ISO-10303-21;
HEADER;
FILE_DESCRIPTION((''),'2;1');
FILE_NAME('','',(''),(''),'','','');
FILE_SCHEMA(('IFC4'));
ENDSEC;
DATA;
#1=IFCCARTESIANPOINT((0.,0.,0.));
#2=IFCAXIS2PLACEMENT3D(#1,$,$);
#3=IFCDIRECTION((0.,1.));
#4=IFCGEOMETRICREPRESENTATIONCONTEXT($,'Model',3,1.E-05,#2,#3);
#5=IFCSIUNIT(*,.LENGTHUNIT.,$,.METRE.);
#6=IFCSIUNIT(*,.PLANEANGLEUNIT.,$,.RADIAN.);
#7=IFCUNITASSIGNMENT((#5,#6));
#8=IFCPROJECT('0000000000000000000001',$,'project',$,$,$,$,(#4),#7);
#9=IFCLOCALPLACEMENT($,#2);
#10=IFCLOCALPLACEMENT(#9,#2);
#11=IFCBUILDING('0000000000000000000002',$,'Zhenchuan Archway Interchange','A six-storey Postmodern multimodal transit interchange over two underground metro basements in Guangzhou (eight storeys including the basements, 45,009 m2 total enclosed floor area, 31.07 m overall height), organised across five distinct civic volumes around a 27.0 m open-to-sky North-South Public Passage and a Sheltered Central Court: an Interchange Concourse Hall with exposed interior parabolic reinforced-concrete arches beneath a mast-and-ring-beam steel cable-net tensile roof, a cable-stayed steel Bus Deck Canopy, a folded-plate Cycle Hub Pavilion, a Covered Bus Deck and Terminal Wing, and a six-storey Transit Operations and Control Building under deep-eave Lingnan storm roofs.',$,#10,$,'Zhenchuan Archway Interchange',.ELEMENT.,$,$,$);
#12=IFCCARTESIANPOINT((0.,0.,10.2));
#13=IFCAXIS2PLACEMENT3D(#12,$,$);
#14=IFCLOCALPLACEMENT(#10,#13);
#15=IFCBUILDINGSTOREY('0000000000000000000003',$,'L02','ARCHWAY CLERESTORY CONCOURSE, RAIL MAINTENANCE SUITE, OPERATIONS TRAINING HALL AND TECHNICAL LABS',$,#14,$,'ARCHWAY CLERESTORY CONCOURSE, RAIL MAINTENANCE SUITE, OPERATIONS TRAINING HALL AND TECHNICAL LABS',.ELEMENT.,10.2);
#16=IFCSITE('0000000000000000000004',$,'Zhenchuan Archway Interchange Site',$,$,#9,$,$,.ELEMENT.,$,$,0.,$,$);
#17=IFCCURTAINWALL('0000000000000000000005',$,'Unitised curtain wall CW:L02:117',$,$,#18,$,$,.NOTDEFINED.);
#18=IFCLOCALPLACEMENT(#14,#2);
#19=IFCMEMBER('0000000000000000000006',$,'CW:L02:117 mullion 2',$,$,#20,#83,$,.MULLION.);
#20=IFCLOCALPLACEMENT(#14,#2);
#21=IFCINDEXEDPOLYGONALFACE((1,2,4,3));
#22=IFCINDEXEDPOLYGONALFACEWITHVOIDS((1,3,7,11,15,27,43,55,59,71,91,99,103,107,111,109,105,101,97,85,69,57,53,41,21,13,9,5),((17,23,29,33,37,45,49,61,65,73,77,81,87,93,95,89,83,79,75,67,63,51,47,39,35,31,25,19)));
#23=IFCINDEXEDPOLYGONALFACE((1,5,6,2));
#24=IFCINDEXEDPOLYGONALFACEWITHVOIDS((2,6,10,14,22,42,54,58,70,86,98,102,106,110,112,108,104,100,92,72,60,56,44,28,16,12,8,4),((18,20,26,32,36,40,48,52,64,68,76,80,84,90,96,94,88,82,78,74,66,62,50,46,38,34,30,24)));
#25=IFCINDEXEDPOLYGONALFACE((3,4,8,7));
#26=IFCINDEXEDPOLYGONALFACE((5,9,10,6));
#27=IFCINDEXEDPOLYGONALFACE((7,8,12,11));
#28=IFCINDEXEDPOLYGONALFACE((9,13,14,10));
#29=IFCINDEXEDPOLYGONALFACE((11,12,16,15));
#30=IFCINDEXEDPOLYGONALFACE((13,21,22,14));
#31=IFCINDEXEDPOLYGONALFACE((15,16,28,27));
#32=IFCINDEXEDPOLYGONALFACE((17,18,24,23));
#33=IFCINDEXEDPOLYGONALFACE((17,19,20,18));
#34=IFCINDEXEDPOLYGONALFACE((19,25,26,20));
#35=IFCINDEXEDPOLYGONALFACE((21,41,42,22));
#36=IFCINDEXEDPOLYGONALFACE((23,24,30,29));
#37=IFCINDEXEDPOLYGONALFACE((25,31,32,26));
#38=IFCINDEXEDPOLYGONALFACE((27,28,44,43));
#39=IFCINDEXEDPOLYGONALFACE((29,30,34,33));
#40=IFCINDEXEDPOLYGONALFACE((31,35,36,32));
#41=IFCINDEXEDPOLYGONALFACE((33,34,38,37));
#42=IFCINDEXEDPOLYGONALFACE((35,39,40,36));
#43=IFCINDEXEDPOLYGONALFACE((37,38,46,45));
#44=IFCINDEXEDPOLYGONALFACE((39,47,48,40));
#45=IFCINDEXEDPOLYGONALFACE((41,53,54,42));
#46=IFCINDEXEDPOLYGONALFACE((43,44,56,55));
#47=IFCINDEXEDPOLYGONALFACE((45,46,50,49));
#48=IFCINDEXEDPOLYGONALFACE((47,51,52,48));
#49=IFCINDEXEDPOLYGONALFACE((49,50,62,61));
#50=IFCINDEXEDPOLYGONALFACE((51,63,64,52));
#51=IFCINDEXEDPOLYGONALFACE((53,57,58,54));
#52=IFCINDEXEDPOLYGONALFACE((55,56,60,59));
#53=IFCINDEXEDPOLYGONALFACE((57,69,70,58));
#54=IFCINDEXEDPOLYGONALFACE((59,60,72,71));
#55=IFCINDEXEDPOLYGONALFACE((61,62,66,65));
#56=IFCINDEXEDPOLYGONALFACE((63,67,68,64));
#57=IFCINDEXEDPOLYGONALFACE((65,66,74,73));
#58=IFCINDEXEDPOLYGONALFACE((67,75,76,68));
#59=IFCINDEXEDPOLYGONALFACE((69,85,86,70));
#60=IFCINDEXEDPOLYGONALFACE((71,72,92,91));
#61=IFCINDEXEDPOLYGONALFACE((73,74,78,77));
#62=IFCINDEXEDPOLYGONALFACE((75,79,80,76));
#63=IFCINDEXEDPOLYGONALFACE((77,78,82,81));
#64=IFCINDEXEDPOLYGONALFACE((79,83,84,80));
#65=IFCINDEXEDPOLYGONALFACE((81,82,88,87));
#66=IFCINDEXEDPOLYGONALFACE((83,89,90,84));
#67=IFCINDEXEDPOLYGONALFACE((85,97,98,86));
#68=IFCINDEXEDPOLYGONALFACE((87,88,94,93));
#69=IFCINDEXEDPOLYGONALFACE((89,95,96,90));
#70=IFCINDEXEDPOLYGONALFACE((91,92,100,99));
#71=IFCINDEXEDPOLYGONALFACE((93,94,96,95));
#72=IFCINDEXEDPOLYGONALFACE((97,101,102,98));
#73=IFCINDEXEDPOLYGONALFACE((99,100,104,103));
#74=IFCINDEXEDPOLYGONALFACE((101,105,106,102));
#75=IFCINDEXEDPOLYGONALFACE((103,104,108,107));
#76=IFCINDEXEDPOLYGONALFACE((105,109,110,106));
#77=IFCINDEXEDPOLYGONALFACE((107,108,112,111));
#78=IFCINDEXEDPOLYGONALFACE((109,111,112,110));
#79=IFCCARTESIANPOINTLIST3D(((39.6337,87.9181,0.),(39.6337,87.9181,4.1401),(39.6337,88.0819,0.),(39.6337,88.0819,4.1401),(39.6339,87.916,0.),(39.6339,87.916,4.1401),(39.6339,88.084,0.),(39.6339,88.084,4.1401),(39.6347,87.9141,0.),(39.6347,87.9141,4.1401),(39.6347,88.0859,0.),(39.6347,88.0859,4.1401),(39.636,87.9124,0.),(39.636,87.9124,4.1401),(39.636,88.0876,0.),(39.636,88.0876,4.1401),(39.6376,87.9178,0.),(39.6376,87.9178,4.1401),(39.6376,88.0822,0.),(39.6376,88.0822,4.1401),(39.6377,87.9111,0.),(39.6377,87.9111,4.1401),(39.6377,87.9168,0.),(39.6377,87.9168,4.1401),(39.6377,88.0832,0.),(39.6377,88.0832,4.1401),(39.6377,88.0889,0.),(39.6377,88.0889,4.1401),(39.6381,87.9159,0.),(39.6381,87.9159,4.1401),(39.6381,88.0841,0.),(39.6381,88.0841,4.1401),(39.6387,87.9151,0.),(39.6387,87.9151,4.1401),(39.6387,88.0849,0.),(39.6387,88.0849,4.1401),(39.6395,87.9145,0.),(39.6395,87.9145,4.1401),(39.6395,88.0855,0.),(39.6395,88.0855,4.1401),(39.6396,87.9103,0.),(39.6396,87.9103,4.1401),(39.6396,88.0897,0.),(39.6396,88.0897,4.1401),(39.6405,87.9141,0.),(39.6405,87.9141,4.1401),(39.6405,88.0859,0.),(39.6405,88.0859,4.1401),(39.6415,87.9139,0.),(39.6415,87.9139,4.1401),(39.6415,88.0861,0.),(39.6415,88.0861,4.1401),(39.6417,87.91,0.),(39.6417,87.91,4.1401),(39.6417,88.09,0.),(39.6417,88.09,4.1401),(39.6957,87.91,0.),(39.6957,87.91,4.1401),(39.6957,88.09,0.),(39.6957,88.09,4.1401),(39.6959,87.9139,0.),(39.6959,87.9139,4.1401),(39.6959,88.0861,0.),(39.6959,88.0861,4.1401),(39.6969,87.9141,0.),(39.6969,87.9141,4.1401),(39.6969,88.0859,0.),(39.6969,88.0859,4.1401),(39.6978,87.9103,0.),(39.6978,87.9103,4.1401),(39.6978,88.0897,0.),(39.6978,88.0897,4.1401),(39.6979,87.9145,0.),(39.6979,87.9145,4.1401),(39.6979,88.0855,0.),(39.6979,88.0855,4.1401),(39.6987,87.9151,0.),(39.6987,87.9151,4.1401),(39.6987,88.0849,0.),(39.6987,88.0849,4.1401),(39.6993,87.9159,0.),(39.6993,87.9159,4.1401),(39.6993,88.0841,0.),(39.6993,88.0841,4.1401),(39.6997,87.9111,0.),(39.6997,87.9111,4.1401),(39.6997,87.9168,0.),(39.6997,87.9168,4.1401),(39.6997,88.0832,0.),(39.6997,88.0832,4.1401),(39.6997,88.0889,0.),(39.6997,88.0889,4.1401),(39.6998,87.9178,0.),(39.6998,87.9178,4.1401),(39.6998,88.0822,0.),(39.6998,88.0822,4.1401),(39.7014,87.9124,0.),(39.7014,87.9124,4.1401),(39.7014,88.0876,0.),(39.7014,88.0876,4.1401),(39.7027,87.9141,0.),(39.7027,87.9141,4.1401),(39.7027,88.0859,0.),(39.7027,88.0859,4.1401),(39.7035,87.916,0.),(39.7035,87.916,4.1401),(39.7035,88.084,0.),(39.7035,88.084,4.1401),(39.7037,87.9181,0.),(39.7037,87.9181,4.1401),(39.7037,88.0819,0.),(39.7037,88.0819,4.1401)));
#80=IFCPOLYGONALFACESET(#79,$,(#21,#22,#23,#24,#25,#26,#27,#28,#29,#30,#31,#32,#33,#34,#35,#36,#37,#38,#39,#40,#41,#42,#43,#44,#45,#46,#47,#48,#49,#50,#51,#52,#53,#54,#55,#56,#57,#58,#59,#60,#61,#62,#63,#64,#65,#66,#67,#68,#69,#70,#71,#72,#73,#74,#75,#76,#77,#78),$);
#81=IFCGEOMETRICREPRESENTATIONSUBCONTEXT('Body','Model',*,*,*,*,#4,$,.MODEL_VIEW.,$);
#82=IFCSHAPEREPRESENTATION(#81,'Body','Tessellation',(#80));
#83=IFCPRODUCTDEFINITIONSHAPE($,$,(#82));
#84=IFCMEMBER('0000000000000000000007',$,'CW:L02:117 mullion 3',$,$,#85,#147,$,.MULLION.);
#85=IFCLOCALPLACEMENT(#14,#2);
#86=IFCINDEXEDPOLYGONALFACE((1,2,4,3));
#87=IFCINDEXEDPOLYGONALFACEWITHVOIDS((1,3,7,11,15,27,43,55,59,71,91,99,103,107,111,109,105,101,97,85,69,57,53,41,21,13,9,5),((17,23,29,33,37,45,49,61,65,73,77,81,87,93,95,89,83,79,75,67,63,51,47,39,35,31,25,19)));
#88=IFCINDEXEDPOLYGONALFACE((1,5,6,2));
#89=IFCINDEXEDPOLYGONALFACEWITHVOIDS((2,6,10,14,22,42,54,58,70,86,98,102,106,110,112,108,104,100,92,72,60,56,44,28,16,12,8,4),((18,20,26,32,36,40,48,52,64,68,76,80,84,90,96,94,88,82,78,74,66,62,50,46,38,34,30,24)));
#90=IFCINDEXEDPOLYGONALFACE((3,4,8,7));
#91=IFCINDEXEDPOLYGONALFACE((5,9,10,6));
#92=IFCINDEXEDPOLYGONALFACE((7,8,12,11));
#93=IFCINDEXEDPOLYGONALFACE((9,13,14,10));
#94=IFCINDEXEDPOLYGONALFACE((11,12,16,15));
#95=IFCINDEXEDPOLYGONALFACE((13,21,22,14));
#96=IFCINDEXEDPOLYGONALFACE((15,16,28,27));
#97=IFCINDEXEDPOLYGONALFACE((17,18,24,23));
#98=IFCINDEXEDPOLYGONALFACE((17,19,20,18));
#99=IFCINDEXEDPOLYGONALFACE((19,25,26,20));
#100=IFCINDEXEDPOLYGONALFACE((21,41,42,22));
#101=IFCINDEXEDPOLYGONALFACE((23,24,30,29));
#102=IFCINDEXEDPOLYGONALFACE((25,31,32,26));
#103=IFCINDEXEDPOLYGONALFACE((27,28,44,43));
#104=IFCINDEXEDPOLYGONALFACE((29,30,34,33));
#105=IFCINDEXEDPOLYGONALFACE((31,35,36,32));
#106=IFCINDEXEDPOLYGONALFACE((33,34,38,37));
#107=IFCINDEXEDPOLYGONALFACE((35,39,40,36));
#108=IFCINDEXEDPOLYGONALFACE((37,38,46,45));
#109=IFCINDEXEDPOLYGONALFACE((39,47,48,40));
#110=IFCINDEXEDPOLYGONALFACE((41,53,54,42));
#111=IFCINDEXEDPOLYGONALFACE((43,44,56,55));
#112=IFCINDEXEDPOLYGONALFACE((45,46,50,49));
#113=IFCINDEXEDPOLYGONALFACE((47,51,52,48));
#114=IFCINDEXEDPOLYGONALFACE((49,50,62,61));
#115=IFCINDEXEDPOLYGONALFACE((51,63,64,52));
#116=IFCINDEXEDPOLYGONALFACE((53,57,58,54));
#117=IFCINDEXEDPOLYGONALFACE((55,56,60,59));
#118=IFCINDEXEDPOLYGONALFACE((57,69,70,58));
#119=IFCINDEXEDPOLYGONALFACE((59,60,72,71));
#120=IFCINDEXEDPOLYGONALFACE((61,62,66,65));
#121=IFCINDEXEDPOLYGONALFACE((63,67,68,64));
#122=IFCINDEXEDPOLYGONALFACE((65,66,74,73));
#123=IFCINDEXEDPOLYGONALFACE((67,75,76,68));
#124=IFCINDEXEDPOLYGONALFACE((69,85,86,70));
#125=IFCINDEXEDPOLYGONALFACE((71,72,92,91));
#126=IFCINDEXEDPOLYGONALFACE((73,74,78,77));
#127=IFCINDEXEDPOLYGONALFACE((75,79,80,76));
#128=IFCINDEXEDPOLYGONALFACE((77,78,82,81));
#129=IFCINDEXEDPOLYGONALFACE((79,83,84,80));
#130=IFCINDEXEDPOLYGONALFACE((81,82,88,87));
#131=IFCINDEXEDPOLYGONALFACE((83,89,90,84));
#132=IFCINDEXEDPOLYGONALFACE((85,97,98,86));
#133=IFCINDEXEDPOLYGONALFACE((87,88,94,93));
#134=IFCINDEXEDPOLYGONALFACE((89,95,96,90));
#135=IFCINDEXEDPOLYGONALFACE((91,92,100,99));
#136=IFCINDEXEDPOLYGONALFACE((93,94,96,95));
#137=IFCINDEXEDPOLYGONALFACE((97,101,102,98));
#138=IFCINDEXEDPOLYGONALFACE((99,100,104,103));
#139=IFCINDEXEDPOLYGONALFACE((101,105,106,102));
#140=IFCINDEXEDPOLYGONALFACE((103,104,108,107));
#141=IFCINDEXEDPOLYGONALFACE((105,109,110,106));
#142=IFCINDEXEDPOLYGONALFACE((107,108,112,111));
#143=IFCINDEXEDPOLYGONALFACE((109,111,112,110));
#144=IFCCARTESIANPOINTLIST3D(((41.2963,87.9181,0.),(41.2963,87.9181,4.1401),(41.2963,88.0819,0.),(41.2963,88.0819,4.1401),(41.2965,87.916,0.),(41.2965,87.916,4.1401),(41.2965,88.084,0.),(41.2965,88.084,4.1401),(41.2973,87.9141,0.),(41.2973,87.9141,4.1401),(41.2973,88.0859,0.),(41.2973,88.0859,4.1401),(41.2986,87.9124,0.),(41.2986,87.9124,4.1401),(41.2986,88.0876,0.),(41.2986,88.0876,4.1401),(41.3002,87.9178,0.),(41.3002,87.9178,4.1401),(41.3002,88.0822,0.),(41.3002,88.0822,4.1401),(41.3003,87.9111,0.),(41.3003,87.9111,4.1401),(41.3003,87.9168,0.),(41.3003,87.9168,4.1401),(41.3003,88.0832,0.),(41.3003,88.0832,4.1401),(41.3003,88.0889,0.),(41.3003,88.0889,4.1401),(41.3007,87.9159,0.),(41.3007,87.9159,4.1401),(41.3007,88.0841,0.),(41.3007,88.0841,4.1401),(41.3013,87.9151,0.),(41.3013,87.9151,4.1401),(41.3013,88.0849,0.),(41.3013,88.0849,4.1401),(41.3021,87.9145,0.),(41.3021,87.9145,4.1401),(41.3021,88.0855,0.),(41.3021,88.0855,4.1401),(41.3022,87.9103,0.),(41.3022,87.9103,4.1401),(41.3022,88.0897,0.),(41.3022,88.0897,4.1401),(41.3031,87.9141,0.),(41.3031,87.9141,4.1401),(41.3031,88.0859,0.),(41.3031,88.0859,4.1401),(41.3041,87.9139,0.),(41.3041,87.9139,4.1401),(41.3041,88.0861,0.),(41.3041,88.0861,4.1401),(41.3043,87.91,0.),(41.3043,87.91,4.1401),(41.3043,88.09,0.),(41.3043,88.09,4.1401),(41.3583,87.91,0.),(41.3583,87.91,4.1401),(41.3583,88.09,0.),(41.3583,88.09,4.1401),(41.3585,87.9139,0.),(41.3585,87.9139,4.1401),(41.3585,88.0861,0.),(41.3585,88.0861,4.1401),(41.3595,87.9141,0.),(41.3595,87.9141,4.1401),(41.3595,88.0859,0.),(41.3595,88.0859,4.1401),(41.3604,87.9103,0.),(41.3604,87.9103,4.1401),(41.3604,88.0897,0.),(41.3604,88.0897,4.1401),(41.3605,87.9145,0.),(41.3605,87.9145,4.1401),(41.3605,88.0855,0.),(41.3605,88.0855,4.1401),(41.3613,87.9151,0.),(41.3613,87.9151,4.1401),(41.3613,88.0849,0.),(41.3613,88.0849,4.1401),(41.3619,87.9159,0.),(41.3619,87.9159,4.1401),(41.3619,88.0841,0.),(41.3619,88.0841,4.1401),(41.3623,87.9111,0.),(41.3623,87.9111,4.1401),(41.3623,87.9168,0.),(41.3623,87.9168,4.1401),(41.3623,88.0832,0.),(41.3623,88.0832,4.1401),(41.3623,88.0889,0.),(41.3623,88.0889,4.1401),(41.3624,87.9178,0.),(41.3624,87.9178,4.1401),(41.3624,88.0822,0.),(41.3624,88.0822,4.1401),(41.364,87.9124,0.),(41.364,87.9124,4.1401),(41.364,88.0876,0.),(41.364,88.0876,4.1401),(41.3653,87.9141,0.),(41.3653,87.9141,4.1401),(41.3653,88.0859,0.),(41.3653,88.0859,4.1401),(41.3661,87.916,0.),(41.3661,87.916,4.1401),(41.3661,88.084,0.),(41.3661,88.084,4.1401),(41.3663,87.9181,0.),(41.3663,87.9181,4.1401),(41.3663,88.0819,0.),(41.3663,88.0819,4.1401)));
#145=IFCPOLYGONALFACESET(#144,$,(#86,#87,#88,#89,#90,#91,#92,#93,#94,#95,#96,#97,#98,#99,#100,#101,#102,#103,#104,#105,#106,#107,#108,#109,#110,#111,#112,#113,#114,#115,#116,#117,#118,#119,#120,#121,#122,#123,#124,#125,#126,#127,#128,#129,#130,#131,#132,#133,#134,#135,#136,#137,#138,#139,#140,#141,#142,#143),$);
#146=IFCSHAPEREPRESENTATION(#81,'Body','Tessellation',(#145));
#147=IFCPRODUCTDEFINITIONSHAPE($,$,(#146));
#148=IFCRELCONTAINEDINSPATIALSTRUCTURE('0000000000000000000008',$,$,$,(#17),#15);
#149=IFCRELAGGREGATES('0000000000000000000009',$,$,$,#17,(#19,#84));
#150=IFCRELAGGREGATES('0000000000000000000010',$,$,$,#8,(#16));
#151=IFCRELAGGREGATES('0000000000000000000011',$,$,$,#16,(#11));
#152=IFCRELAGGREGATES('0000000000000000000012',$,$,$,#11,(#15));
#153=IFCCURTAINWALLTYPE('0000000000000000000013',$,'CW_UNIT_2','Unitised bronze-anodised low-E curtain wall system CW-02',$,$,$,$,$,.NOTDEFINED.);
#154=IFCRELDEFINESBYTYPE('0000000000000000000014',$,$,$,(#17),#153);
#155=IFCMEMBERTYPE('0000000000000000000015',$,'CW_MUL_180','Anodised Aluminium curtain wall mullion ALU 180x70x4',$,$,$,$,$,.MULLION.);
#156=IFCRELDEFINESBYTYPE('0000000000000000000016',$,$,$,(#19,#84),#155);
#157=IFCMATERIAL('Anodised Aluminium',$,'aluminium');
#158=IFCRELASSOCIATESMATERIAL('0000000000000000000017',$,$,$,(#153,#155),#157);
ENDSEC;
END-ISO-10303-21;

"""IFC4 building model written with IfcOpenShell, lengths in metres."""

from ifc_helpers import new_model, si_unit, direction, frame, origin, origin_2d, place, context, subcontext, project, spatial, hollow_rectangle, extrude, material, material_profile, profile_set, type_object, element, aggregate, save


model = new_model("IFC4")

# Units and contexts
model_context = context("Model", 3, precision=1e-05, world=origin(), true_north=direction((0.0, 1.0)))
body_context = subcontext(model_context, "Body", "Model", "MODEL_VIEW")
ifc_project = project(units=[si_unit("LENGTHUNIT", "METRE"), si_unit("PLANEANGLEUNIT", "RADIAN")], contexts=[model_context])

# Site, building, storey
site_placement = place(None, origin())
site = spatial("IfcSite", under=ifc_project, at=site_placement, Name="Zhenchuan Archway Interchange Site", CompositionType="ELEMENT", RefElevation=0.0)
building_placement = place(site_placement, origin())
building = spatial("IfcBuilding", under=site, at=building_placement, Name="Zhenchuan Archway Interchange", Description="A six-storey Postmodern multimodal transit interchange over two underground metro basements in Guangzhou (eight storeys including the basements, 45,009 m2 total enclosed floor area, 31.07 m overall height), organised across five distinct civic volumes around a 27.0 m open-to-sky North-South Public Passage and a Sheltered Central Court: an Interchange Concourse Hall with exposed interior parabolic reinforced-concrete arches beneath a mast-and-ring-beam steel cable-net tensile roof, a cable-stayed steel Bus Deck Canopy, a folded-plate Cycle Hub Pavilion, a Covered Bus Deck and Terminal Wing, and a six-storey Transit Operations and Control Building under deep-eave Lingnan storm roofs.", LongName="Zhenchuan Archway Interchange", CompositionType="ELEMENT")
storey_placement = place(building_placement, frame((0.0, 0.0, 10.2)))
storey = spatial("IfcBuildingStorey", under=building, at=storey_placement, Name="L02", Description="ARCHWAY CLERESTORY CONCOURSE, RAIL MAINTENANCE SUITE, OPERATIONS TRAINING HALL AND TECHNICAL LABS", LongName="ARCHWAY CLERESTORY CONCOURSE, RAIL MAINTENANCE SUITE, OPERATIONS TRAINING HALL AND TECHNICAL LABS", CompositionType="ELEMENT", Elevation=10.2)

# Curtain wall, members
ifc_material_1 = material(Name="Anodised Aluminium", Category="aluminium")
curtain_wall_type = type_object("IfcCurtainWallType", Name="CW_UNIT_2", Description="Unitised bronze-anodised low-E curtain wall system CW-02", PredefinedType="NOTDEFINED", material=ifc_material_1)
curtain_wall_placement = place(storey_placement, origin())
curtain_wall = element("IfcCurtainWall", 1, at=curtain_wall_placement, inside=storey, type_object=curtain_wall_type, Name="Unitised curtain wall CW:L02:117", PredefinedType="NOTDEFINED")
ifc_material_profile_1 = material_profile(ifc_material_1, hollow_rectangle(XDim=0.0701, YDim=0.1799, WallThickness=0.0039, InnerFilletRadius=0.0039, OuterFilletRadius=0.0081, at=origin_2d()), Name="ALU 180x70x4")
ifc_profile_set_1 = profile_set([ifc_material_profile_1], Name="Anodised Aluminium")
member_type_1 = type_object("IfcMemberType", Name="CW_MUL_180", Description="Anodised Aluminium curtain wall mullion ALU 180x70x4", PredefinedType="MULLION", material=ifc_profile_set_1)
member_1_placement = place(storey_placement, frame((39.6687, 88.0, 0.0), z_axis=(0.0, 0.0, 1.0), x_axis=(1.0, 0.0, 0.0)))
member_1 = element("IfcMember", 2, at=member_1_placement, type_object=member_type_1, Name="CW:L02:117 mullion 2", PredefinedType="MULLION", context=body_context, shape_type="SweptSolid", body=[
    extrude(hollow_rectangle(XDim=0.0701, YDim=0.1799, WallThickness=0.0039, InnerFilletRadius=0.0039, OuterFilletRadius=0.0081, at=origin_2d()), origin(), (0.0, 0.0, 1.0), 4.1401),
])
member_2_placement = place(storey_placement, frame((41.3313, 88.0, 0.0), z_axis=(0.0, 0.0, 1.0), x_axis=(1.0, 0.0, 0.0)))
member_2 = element("IfcMember", 3, at=member_2_placement, type_object=member_type_1, Name="CW:L02:117 mullion 3", PredefinedType="MULLION", context=body_context, shape_type="SweptSolid", body=[
    extrude(hollow_rectangle(XDim=0.0701, YDim=0.1799, WallThickness=0.0039, InnerFilletRadius=0.0039, OuterFilletRadius=0.0081, at=origin_2d()), origin(), (0.0, 0.0, 1.0), 4.1401),
])
aggregate(curtain_wall, [member_1, member_2])

save(model, "model.ifc")
